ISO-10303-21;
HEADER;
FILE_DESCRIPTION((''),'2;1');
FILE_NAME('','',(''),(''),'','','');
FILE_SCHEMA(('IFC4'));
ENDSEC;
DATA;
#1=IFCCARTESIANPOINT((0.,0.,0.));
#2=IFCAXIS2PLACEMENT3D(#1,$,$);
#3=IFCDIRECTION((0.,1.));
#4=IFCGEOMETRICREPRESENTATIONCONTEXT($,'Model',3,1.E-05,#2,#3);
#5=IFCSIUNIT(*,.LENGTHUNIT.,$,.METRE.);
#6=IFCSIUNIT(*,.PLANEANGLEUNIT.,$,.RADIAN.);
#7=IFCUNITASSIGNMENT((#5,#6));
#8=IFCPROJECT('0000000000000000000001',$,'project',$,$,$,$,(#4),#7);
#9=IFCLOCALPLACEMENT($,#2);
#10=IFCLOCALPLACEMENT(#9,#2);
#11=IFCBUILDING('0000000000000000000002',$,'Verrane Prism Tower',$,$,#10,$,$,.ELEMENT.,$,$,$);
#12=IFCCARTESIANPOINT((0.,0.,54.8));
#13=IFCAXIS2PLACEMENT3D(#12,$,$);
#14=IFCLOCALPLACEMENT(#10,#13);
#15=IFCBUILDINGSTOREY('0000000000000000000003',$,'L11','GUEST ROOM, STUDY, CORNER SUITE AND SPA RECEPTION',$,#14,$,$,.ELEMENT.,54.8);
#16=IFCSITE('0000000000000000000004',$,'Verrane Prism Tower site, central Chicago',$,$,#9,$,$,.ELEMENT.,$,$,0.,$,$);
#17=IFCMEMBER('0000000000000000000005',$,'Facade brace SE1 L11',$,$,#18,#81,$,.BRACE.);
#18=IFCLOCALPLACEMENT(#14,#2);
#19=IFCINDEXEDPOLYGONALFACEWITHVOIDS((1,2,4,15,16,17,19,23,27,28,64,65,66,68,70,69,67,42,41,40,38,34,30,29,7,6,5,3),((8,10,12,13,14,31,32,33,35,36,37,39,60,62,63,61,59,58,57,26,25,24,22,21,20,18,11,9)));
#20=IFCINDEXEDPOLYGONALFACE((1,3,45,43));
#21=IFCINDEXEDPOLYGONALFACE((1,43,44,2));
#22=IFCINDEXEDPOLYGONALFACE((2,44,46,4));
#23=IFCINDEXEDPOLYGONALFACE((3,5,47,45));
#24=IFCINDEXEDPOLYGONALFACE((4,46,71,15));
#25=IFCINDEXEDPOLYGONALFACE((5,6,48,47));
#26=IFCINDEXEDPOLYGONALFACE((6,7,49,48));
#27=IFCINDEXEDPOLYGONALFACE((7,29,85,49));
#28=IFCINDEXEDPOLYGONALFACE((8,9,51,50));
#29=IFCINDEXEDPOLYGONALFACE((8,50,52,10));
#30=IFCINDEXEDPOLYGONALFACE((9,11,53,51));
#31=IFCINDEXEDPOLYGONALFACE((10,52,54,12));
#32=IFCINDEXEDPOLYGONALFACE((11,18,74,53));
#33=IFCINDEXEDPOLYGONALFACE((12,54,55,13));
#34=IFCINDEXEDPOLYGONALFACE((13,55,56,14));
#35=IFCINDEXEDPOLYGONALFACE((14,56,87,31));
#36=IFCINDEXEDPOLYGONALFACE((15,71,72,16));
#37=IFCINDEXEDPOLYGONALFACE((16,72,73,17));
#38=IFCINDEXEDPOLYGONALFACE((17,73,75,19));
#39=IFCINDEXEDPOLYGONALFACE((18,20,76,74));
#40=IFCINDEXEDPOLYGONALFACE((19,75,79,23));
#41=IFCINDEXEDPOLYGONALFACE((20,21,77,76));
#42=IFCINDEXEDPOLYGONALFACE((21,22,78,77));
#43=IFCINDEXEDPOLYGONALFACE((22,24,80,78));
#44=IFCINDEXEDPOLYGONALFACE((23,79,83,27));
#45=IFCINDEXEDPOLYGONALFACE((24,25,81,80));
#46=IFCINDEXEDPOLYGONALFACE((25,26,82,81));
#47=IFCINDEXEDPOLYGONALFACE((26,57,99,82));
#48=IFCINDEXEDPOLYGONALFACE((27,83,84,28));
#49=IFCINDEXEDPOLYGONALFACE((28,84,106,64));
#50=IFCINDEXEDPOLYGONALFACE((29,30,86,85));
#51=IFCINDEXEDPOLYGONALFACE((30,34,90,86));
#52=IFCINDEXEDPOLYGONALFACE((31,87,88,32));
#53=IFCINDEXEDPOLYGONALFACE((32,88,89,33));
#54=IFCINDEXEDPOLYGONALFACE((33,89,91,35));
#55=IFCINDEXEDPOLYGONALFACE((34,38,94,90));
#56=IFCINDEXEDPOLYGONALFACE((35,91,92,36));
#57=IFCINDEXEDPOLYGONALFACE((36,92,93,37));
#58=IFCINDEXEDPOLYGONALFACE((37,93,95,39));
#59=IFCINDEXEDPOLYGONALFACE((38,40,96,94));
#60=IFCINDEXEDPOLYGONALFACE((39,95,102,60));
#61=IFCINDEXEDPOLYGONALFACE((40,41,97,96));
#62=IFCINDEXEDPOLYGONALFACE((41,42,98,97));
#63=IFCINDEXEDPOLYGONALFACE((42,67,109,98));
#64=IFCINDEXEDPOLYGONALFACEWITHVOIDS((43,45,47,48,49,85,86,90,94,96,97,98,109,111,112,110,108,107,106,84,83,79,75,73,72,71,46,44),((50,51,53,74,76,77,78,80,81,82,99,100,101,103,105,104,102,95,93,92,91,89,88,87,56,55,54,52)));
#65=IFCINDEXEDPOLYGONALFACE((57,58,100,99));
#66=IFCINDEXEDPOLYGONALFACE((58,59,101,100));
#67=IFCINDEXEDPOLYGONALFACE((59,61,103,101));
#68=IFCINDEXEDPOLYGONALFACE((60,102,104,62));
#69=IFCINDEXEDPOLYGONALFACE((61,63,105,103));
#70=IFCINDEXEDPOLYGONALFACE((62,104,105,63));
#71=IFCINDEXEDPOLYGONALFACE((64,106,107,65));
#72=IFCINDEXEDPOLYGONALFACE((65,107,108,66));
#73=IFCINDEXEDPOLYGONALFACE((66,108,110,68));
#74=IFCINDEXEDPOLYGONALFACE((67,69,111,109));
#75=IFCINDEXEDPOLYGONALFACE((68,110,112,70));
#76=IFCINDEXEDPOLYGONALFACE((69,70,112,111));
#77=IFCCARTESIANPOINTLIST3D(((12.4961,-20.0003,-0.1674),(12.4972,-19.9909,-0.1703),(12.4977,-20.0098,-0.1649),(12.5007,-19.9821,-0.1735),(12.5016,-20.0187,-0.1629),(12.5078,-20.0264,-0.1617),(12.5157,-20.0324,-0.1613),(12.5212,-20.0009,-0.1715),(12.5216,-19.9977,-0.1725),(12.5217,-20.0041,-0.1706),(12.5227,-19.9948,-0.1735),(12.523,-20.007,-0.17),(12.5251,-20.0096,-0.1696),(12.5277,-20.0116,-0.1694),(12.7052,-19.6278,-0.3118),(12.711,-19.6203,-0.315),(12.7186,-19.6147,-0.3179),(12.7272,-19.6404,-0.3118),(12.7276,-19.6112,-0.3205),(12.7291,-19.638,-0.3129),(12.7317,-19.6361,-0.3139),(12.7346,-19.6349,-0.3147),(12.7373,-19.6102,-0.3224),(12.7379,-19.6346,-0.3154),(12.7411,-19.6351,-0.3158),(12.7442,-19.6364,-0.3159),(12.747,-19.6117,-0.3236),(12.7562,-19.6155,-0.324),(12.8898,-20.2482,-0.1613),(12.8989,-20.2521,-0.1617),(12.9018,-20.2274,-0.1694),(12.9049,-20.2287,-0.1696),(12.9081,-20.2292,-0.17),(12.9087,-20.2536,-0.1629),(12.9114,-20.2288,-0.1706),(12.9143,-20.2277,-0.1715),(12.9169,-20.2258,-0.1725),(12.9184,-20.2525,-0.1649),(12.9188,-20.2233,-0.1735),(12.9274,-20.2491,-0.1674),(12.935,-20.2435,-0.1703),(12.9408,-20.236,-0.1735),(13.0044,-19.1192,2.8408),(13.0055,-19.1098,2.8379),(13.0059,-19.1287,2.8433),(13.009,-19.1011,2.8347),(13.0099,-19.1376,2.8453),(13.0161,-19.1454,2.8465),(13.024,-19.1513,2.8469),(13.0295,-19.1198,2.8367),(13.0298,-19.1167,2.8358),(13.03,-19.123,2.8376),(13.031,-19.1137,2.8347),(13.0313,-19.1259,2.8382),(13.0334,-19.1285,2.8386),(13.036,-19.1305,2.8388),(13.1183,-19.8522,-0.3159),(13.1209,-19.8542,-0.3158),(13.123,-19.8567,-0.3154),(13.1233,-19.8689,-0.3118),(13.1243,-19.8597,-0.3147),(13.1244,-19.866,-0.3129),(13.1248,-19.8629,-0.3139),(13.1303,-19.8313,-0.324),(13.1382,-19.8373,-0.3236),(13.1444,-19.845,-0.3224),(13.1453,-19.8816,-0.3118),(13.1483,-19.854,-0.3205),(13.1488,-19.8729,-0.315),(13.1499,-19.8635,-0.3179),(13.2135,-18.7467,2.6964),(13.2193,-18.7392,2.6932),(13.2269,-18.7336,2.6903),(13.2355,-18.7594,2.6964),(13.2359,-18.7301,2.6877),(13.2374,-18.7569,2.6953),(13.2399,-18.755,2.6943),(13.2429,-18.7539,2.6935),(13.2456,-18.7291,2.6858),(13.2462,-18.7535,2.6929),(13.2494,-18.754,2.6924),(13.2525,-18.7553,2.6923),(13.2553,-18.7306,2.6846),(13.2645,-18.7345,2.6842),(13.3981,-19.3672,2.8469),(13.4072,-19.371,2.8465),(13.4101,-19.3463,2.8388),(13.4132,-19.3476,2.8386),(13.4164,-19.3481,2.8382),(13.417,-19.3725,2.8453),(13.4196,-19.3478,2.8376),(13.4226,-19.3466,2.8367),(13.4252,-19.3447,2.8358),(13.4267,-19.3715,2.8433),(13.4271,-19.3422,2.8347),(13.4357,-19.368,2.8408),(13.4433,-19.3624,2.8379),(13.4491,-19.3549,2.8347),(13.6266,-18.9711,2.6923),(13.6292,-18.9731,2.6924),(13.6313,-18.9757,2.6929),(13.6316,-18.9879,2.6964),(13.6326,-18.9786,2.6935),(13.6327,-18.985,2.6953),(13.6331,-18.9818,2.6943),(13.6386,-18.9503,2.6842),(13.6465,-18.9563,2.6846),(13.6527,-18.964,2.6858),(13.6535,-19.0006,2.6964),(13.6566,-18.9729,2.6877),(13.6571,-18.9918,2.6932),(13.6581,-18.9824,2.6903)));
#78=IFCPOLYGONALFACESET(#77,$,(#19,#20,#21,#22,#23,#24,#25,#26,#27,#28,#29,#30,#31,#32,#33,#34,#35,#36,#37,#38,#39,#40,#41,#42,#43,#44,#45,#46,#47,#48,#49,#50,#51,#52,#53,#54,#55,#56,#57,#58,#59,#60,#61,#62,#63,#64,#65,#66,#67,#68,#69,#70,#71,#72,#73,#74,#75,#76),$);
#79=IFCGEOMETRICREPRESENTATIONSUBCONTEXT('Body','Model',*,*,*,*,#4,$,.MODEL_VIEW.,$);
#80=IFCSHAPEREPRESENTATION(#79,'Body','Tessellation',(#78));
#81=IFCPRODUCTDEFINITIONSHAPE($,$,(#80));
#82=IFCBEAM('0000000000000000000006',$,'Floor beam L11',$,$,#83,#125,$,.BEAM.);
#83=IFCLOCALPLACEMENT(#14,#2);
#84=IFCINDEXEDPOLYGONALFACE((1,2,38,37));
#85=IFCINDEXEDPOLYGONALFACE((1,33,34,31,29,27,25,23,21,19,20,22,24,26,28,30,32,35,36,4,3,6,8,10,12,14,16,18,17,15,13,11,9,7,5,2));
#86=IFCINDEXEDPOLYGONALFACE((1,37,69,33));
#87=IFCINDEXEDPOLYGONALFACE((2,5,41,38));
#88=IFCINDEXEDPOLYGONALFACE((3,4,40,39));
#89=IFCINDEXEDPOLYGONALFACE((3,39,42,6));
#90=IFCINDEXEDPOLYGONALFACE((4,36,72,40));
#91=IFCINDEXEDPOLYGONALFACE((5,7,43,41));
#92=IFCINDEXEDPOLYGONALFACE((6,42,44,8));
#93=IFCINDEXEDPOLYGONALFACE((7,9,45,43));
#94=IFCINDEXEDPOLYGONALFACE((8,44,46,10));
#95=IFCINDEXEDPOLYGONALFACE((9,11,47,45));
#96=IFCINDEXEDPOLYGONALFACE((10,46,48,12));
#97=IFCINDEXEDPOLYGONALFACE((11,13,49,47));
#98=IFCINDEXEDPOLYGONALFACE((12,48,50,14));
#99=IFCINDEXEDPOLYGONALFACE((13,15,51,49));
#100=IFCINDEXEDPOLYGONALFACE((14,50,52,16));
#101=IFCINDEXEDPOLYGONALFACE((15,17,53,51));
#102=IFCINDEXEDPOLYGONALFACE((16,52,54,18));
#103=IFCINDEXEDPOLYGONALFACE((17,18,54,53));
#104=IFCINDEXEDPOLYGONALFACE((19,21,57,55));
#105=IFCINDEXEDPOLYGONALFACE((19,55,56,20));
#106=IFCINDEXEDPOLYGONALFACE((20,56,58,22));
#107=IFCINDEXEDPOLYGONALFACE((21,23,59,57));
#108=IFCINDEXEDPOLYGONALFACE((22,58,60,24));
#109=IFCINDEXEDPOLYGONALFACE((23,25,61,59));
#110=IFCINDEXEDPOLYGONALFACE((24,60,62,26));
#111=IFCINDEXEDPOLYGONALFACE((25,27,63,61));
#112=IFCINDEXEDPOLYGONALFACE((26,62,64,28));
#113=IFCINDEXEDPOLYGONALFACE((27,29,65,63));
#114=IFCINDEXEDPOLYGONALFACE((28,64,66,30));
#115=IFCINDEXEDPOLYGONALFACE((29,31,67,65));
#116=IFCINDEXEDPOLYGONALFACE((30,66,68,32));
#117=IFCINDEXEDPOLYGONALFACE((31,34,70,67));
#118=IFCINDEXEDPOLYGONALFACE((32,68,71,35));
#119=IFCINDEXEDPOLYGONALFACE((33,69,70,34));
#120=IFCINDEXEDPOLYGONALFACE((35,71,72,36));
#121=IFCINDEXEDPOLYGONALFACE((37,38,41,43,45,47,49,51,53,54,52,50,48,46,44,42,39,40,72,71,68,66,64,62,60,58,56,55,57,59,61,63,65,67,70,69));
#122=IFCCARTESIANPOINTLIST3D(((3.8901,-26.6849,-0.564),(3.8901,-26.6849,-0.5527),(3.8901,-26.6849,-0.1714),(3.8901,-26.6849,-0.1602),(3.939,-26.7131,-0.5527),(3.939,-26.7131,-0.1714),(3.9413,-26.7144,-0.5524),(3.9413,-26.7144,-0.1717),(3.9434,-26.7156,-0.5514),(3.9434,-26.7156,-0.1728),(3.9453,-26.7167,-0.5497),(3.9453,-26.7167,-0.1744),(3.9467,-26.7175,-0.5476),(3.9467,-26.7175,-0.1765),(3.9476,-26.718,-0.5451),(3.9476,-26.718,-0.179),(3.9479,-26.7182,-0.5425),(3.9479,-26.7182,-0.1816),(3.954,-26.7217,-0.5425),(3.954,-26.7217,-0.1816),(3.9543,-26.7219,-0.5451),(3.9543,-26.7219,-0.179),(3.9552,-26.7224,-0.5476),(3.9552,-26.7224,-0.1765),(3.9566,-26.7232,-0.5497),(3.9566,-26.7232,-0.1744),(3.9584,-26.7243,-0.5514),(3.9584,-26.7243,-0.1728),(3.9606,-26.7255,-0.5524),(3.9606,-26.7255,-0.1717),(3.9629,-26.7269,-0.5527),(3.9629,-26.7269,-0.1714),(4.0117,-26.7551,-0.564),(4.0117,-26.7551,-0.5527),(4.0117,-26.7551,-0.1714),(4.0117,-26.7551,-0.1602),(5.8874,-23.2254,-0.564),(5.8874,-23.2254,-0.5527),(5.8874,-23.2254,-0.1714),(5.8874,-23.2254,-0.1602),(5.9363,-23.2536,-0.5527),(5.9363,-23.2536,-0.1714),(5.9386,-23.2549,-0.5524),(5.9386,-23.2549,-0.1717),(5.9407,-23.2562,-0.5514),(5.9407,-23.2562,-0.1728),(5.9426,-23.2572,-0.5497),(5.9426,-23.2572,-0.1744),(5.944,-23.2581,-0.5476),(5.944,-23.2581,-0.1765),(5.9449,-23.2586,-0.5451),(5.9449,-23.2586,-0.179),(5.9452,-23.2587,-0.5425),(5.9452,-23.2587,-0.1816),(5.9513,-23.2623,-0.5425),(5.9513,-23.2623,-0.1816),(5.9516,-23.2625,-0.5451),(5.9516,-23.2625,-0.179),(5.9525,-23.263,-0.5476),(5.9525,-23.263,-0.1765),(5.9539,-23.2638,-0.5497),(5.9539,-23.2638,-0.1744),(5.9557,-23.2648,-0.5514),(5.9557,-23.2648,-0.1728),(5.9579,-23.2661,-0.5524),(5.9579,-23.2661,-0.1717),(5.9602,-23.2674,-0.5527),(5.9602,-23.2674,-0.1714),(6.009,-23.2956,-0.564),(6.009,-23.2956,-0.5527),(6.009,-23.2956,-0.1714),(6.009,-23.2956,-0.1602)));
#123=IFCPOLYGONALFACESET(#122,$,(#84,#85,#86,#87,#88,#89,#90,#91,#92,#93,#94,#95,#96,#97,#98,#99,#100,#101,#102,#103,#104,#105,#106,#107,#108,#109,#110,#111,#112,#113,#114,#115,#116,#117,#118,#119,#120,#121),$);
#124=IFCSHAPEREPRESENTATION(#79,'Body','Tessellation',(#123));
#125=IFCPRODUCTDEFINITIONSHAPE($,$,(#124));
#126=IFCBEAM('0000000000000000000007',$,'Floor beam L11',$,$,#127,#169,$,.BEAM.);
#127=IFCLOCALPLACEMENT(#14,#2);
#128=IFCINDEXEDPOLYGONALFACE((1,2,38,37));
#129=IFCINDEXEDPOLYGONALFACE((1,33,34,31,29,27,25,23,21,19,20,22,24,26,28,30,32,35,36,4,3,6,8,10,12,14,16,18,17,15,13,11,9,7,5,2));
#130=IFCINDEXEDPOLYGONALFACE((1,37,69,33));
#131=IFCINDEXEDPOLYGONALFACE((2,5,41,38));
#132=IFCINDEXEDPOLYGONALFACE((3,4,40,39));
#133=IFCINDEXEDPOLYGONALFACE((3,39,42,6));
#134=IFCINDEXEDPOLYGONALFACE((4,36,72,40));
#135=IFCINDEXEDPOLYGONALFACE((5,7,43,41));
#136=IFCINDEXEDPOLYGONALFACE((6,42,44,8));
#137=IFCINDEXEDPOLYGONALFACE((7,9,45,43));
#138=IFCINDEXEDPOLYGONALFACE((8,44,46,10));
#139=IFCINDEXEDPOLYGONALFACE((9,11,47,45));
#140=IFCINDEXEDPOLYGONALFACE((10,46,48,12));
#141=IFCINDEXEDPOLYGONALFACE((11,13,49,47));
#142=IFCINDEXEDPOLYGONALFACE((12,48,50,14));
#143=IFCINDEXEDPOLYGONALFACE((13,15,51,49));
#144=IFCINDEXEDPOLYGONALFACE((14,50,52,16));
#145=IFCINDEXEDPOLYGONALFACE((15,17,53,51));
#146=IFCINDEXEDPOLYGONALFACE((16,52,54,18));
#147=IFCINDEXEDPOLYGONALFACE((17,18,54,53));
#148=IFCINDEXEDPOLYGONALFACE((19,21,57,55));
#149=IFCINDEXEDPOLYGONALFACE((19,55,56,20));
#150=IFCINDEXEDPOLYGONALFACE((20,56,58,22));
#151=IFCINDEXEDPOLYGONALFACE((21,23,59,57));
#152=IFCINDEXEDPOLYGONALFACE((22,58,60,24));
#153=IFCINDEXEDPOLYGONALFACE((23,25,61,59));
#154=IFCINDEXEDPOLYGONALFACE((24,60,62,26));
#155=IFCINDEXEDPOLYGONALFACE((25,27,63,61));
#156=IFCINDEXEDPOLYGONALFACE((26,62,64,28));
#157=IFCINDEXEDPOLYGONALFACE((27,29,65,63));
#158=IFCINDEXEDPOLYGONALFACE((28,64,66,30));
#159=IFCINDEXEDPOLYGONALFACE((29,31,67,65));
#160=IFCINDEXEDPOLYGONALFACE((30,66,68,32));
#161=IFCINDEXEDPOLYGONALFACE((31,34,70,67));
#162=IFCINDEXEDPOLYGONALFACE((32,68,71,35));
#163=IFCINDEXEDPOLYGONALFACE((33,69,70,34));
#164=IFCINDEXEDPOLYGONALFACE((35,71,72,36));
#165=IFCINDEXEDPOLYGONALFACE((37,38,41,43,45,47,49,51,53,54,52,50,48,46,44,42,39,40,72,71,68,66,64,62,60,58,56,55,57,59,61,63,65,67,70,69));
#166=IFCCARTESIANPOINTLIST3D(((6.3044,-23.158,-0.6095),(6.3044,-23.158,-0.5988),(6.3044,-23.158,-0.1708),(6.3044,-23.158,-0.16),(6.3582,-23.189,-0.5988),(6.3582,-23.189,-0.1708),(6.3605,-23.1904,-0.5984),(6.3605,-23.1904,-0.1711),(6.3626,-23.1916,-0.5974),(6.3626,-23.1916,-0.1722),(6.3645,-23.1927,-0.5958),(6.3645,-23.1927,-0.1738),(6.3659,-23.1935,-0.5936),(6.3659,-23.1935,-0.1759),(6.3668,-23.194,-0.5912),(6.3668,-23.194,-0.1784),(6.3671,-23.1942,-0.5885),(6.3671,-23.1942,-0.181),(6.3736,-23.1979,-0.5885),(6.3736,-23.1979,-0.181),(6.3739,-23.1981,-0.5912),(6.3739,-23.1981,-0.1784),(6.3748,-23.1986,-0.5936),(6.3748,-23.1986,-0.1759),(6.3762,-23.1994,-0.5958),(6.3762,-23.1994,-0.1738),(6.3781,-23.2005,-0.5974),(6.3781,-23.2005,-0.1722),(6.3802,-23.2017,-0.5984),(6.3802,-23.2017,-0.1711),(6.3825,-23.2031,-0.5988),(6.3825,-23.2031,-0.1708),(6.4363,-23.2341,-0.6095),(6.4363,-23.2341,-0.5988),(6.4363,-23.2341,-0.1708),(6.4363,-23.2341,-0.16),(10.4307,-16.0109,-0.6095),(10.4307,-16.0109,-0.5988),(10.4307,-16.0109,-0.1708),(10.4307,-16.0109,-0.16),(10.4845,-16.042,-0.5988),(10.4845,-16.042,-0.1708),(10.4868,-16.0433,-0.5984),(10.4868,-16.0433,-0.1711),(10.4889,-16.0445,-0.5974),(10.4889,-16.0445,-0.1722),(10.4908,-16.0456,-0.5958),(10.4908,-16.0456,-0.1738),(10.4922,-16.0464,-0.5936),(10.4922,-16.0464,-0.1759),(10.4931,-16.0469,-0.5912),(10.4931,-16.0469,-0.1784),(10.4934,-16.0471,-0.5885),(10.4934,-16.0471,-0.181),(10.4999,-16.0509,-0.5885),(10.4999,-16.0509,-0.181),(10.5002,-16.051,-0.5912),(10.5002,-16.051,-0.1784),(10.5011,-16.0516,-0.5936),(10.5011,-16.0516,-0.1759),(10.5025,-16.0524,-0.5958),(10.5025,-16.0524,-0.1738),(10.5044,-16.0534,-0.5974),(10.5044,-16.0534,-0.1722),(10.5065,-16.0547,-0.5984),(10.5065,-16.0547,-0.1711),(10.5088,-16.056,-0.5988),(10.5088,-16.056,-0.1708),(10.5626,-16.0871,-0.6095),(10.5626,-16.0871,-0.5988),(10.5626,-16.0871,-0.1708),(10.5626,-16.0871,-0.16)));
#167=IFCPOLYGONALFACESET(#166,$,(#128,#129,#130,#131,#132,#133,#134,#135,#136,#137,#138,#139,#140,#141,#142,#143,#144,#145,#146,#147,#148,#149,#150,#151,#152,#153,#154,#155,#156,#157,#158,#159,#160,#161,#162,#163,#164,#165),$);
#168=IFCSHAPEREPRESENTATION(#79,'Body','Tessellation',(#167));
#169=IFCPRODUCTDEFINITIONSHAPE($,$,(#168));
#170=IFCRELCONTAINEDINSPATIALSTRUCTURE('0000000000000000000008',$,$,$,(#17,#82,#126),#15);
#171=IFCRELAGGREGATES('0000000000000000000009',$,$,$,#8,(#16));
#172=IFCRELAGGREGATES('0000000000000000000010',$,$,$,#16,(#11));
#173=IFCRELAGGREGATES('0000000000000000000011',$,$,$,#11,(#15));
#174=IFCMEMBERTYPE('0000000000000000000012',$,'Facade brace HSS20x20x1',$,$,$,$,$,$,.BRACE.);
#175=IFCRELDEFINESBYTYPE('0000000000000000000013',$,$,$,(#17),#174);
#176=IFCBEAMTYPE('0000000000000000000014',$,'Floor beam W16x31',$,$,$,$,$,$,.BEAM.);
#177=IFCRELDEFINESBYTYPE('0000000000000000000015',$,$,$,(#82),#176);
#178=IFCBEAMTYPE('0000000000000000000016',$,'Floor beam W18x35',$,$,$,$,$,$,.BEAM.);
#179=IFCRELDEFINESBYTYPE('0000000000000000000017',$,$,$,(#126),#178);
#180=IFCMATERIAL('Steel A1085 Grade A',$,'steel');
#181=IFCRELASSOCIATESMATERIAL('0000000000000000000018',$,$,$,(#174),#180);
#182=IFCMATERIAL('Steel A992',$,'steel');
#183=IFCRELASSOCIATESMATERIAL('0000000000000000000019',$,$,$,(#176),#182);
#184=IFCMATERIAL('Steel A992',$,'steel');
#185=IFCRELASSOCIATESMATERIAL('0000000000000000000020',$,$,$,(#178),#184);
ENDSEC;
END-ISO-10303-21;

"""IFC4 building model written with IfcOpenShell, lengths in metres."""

from ifc_helpers import new_model, si_unit, direction, frame, origin, origin_2d, place, context, subcontext, project, spatial, hollow_rectangle, i_section, extrude, material, material_profile, profile_set, type_object, element, save


model = new_model("IFC4")

# Units and contexts
model_context = context("Model", 3, precision=1e-05, world=origin(), true_north=direction((0.0, 1.0)))
body_context = subcontext(model_context, "Body", "Model", "MODEL_VIEW")
ifc_project = project(units=[si_unit("LENGTHUNIT", "METRE"), si_unit("PLANEANGLEUNIT", "RADIAN")], contexts=[model_context])

# Site, building, storey
site_placement = place(None, origin())
site = spatial("IfcSite", under=ifc_project, at=site_placement, Name="Verrane Prism Tower site, central Chicago", CompositionType="ELEMENT", RefElevation=0.0)
building_placement = place(site_placement, origin())
building = spatial("IfcBuilding", under=site, at=building_placement, Name="Verrane Prism Tower", CompositionType="ELEMENT")
storey_placement = place(building_placement, frame((0.0, 0.0, 54.8)))
storey = spatial("IfcBuildingStorey", under=building, at=storey_placement, Name="L11", Description="GUEST ROOM, STUDY, CORNER SUITE AND SPA RECEPTION", CompositionType="ELEMENT", Elevation=54.8)

# Member
ifc_material_1 = material(Name="Steel A1085 Grade A", Category="steel")
ifc_material_profile_1 = material_profile(ifc_material_1, hollow_rectangle(XDim=0.5081, YDim=0.5081, WallThickness=0.0254, InnerFilletRadius=0.0127, OuterFilletRadius=0.0381, at=origin_2d()), Name="HSS20x20x1")
ifc_profile_set_1 = profile_set([ifc_material_profile_1], Name="Steel A1085 Grade A")
member_type_1 = type_object("IfcMemberType", Name="Facade brace HSS20x20x1", PredefinedType="BRACE", material=ifc_profile_set_1)
member_1_placement = place(storey_placement, frame((12.823, -19.9319, -0.2427), z_axis=(0.160063, 0.277458, 0.94731), x_axis=(-0.866198, 0.499702, 0.0)))
element("IfcMember", 1, at=member_1_placement, inside=storey, type_object=member_type_1, Name="Facade brace SE1 L11", PredefinedType="BRACE", context=body_context, shape_type="SweptSolid", body=[
    extrude(hollow_rectangle(XDim=0.5081, YDim=0.5081, WallThickness=0.0254, InnerFilletRadius=0.0127, OuterFilletRadius=0.0381, at=origin_2d()), origin(), (0.0, 0.0, 1.0), 3.1755),
])

# Beams
ifc_material_2 = material(Name="Steel A992", Category="steel")
ifc_material_profile_2 = material_profile(ifc_material_2, i_section(OverallWidth=0.1404, OverallDepth=0.4038, WebThickness=0.0071, FlangeThickness=0.0112, FilletRadius=0.0103, at=origin_2d()), Name="W16x31")
ifc_profile_set_2 = profile_set([ifc_material_profile_2], Name="Steel A992")
beam_type_1 = type_object("IfcBeamType", Name="Floor beam W16x31", PredefinedType="BEAM", material=ifc_profile_set_2)
beam_1_placement = place(storey_placement, frame((3.9509, -26.72, -0.3621), z_axis=(0.499998, 0.866027, 0.0), x_axis=(-0.866027, 0.499998, 0.0)))
element("IfcBeam", 2, at=beam_1_placement, inside=storey, type_object=beam_type_1, Name="Floor beam L11", PredefinedType="BEAM", context=body_context, shape_type="SweptSolid", body=[
    extrude(i_section(OverallWidth=0.1404, OverallDepth=0.4038, WebThickness=0.0071, FlangeThickness=0.0112, FilletRadius=0.0103, at=origin_2d()), origin(), (0.0, 0.0, 1.0), 3.9946),
])
ifc_material_3 = material(Name="Steel A992", Category="steel")
ifc_material_profile_3 = material_profile(ifc_material_3, i_section(OverallWidth=0.1523, OverallDepth=0.4495, WebThickness=0.0076, FlangeThickness=0.0107, FilletRadius=0.0103, at=origin_2d()), Name="W18x35")
ifc_profile_set_3 = profile_set([ifc_material_profile_3], Name="Steel A992")
beam_type_2 = type_object("IfcBeamType", Name="Floor beam W18x35", PredefinedType="BEAM", material=ifc_profile_set_3)
beam_2_placement = place(storey_placement, frame((6.3704, -23.196, -0.3848), z_axis=(0.499992, 0.86603, 0.0), x_axis=(-0.86603, 0.499992, 0.0)))
element("IfcBeam", 3, at=beam_2_placement, inside=storey, type_object=beam_type_2, Name="Floor beam L11", PredefinedType="BEAM", context=body_context, shape_type="SweptSolid", body=[
    extrude(i_section(OverallWidth=0.1523, OverallDepth=0.4495, WebThickness=0.0076, FlangeThickness=0.0107, FilletRadius=0.0103, at=origin_2d()), origin(), (0.0, 0.0, 1.0), 8.2527),
])

save(model, "model.ifc")
